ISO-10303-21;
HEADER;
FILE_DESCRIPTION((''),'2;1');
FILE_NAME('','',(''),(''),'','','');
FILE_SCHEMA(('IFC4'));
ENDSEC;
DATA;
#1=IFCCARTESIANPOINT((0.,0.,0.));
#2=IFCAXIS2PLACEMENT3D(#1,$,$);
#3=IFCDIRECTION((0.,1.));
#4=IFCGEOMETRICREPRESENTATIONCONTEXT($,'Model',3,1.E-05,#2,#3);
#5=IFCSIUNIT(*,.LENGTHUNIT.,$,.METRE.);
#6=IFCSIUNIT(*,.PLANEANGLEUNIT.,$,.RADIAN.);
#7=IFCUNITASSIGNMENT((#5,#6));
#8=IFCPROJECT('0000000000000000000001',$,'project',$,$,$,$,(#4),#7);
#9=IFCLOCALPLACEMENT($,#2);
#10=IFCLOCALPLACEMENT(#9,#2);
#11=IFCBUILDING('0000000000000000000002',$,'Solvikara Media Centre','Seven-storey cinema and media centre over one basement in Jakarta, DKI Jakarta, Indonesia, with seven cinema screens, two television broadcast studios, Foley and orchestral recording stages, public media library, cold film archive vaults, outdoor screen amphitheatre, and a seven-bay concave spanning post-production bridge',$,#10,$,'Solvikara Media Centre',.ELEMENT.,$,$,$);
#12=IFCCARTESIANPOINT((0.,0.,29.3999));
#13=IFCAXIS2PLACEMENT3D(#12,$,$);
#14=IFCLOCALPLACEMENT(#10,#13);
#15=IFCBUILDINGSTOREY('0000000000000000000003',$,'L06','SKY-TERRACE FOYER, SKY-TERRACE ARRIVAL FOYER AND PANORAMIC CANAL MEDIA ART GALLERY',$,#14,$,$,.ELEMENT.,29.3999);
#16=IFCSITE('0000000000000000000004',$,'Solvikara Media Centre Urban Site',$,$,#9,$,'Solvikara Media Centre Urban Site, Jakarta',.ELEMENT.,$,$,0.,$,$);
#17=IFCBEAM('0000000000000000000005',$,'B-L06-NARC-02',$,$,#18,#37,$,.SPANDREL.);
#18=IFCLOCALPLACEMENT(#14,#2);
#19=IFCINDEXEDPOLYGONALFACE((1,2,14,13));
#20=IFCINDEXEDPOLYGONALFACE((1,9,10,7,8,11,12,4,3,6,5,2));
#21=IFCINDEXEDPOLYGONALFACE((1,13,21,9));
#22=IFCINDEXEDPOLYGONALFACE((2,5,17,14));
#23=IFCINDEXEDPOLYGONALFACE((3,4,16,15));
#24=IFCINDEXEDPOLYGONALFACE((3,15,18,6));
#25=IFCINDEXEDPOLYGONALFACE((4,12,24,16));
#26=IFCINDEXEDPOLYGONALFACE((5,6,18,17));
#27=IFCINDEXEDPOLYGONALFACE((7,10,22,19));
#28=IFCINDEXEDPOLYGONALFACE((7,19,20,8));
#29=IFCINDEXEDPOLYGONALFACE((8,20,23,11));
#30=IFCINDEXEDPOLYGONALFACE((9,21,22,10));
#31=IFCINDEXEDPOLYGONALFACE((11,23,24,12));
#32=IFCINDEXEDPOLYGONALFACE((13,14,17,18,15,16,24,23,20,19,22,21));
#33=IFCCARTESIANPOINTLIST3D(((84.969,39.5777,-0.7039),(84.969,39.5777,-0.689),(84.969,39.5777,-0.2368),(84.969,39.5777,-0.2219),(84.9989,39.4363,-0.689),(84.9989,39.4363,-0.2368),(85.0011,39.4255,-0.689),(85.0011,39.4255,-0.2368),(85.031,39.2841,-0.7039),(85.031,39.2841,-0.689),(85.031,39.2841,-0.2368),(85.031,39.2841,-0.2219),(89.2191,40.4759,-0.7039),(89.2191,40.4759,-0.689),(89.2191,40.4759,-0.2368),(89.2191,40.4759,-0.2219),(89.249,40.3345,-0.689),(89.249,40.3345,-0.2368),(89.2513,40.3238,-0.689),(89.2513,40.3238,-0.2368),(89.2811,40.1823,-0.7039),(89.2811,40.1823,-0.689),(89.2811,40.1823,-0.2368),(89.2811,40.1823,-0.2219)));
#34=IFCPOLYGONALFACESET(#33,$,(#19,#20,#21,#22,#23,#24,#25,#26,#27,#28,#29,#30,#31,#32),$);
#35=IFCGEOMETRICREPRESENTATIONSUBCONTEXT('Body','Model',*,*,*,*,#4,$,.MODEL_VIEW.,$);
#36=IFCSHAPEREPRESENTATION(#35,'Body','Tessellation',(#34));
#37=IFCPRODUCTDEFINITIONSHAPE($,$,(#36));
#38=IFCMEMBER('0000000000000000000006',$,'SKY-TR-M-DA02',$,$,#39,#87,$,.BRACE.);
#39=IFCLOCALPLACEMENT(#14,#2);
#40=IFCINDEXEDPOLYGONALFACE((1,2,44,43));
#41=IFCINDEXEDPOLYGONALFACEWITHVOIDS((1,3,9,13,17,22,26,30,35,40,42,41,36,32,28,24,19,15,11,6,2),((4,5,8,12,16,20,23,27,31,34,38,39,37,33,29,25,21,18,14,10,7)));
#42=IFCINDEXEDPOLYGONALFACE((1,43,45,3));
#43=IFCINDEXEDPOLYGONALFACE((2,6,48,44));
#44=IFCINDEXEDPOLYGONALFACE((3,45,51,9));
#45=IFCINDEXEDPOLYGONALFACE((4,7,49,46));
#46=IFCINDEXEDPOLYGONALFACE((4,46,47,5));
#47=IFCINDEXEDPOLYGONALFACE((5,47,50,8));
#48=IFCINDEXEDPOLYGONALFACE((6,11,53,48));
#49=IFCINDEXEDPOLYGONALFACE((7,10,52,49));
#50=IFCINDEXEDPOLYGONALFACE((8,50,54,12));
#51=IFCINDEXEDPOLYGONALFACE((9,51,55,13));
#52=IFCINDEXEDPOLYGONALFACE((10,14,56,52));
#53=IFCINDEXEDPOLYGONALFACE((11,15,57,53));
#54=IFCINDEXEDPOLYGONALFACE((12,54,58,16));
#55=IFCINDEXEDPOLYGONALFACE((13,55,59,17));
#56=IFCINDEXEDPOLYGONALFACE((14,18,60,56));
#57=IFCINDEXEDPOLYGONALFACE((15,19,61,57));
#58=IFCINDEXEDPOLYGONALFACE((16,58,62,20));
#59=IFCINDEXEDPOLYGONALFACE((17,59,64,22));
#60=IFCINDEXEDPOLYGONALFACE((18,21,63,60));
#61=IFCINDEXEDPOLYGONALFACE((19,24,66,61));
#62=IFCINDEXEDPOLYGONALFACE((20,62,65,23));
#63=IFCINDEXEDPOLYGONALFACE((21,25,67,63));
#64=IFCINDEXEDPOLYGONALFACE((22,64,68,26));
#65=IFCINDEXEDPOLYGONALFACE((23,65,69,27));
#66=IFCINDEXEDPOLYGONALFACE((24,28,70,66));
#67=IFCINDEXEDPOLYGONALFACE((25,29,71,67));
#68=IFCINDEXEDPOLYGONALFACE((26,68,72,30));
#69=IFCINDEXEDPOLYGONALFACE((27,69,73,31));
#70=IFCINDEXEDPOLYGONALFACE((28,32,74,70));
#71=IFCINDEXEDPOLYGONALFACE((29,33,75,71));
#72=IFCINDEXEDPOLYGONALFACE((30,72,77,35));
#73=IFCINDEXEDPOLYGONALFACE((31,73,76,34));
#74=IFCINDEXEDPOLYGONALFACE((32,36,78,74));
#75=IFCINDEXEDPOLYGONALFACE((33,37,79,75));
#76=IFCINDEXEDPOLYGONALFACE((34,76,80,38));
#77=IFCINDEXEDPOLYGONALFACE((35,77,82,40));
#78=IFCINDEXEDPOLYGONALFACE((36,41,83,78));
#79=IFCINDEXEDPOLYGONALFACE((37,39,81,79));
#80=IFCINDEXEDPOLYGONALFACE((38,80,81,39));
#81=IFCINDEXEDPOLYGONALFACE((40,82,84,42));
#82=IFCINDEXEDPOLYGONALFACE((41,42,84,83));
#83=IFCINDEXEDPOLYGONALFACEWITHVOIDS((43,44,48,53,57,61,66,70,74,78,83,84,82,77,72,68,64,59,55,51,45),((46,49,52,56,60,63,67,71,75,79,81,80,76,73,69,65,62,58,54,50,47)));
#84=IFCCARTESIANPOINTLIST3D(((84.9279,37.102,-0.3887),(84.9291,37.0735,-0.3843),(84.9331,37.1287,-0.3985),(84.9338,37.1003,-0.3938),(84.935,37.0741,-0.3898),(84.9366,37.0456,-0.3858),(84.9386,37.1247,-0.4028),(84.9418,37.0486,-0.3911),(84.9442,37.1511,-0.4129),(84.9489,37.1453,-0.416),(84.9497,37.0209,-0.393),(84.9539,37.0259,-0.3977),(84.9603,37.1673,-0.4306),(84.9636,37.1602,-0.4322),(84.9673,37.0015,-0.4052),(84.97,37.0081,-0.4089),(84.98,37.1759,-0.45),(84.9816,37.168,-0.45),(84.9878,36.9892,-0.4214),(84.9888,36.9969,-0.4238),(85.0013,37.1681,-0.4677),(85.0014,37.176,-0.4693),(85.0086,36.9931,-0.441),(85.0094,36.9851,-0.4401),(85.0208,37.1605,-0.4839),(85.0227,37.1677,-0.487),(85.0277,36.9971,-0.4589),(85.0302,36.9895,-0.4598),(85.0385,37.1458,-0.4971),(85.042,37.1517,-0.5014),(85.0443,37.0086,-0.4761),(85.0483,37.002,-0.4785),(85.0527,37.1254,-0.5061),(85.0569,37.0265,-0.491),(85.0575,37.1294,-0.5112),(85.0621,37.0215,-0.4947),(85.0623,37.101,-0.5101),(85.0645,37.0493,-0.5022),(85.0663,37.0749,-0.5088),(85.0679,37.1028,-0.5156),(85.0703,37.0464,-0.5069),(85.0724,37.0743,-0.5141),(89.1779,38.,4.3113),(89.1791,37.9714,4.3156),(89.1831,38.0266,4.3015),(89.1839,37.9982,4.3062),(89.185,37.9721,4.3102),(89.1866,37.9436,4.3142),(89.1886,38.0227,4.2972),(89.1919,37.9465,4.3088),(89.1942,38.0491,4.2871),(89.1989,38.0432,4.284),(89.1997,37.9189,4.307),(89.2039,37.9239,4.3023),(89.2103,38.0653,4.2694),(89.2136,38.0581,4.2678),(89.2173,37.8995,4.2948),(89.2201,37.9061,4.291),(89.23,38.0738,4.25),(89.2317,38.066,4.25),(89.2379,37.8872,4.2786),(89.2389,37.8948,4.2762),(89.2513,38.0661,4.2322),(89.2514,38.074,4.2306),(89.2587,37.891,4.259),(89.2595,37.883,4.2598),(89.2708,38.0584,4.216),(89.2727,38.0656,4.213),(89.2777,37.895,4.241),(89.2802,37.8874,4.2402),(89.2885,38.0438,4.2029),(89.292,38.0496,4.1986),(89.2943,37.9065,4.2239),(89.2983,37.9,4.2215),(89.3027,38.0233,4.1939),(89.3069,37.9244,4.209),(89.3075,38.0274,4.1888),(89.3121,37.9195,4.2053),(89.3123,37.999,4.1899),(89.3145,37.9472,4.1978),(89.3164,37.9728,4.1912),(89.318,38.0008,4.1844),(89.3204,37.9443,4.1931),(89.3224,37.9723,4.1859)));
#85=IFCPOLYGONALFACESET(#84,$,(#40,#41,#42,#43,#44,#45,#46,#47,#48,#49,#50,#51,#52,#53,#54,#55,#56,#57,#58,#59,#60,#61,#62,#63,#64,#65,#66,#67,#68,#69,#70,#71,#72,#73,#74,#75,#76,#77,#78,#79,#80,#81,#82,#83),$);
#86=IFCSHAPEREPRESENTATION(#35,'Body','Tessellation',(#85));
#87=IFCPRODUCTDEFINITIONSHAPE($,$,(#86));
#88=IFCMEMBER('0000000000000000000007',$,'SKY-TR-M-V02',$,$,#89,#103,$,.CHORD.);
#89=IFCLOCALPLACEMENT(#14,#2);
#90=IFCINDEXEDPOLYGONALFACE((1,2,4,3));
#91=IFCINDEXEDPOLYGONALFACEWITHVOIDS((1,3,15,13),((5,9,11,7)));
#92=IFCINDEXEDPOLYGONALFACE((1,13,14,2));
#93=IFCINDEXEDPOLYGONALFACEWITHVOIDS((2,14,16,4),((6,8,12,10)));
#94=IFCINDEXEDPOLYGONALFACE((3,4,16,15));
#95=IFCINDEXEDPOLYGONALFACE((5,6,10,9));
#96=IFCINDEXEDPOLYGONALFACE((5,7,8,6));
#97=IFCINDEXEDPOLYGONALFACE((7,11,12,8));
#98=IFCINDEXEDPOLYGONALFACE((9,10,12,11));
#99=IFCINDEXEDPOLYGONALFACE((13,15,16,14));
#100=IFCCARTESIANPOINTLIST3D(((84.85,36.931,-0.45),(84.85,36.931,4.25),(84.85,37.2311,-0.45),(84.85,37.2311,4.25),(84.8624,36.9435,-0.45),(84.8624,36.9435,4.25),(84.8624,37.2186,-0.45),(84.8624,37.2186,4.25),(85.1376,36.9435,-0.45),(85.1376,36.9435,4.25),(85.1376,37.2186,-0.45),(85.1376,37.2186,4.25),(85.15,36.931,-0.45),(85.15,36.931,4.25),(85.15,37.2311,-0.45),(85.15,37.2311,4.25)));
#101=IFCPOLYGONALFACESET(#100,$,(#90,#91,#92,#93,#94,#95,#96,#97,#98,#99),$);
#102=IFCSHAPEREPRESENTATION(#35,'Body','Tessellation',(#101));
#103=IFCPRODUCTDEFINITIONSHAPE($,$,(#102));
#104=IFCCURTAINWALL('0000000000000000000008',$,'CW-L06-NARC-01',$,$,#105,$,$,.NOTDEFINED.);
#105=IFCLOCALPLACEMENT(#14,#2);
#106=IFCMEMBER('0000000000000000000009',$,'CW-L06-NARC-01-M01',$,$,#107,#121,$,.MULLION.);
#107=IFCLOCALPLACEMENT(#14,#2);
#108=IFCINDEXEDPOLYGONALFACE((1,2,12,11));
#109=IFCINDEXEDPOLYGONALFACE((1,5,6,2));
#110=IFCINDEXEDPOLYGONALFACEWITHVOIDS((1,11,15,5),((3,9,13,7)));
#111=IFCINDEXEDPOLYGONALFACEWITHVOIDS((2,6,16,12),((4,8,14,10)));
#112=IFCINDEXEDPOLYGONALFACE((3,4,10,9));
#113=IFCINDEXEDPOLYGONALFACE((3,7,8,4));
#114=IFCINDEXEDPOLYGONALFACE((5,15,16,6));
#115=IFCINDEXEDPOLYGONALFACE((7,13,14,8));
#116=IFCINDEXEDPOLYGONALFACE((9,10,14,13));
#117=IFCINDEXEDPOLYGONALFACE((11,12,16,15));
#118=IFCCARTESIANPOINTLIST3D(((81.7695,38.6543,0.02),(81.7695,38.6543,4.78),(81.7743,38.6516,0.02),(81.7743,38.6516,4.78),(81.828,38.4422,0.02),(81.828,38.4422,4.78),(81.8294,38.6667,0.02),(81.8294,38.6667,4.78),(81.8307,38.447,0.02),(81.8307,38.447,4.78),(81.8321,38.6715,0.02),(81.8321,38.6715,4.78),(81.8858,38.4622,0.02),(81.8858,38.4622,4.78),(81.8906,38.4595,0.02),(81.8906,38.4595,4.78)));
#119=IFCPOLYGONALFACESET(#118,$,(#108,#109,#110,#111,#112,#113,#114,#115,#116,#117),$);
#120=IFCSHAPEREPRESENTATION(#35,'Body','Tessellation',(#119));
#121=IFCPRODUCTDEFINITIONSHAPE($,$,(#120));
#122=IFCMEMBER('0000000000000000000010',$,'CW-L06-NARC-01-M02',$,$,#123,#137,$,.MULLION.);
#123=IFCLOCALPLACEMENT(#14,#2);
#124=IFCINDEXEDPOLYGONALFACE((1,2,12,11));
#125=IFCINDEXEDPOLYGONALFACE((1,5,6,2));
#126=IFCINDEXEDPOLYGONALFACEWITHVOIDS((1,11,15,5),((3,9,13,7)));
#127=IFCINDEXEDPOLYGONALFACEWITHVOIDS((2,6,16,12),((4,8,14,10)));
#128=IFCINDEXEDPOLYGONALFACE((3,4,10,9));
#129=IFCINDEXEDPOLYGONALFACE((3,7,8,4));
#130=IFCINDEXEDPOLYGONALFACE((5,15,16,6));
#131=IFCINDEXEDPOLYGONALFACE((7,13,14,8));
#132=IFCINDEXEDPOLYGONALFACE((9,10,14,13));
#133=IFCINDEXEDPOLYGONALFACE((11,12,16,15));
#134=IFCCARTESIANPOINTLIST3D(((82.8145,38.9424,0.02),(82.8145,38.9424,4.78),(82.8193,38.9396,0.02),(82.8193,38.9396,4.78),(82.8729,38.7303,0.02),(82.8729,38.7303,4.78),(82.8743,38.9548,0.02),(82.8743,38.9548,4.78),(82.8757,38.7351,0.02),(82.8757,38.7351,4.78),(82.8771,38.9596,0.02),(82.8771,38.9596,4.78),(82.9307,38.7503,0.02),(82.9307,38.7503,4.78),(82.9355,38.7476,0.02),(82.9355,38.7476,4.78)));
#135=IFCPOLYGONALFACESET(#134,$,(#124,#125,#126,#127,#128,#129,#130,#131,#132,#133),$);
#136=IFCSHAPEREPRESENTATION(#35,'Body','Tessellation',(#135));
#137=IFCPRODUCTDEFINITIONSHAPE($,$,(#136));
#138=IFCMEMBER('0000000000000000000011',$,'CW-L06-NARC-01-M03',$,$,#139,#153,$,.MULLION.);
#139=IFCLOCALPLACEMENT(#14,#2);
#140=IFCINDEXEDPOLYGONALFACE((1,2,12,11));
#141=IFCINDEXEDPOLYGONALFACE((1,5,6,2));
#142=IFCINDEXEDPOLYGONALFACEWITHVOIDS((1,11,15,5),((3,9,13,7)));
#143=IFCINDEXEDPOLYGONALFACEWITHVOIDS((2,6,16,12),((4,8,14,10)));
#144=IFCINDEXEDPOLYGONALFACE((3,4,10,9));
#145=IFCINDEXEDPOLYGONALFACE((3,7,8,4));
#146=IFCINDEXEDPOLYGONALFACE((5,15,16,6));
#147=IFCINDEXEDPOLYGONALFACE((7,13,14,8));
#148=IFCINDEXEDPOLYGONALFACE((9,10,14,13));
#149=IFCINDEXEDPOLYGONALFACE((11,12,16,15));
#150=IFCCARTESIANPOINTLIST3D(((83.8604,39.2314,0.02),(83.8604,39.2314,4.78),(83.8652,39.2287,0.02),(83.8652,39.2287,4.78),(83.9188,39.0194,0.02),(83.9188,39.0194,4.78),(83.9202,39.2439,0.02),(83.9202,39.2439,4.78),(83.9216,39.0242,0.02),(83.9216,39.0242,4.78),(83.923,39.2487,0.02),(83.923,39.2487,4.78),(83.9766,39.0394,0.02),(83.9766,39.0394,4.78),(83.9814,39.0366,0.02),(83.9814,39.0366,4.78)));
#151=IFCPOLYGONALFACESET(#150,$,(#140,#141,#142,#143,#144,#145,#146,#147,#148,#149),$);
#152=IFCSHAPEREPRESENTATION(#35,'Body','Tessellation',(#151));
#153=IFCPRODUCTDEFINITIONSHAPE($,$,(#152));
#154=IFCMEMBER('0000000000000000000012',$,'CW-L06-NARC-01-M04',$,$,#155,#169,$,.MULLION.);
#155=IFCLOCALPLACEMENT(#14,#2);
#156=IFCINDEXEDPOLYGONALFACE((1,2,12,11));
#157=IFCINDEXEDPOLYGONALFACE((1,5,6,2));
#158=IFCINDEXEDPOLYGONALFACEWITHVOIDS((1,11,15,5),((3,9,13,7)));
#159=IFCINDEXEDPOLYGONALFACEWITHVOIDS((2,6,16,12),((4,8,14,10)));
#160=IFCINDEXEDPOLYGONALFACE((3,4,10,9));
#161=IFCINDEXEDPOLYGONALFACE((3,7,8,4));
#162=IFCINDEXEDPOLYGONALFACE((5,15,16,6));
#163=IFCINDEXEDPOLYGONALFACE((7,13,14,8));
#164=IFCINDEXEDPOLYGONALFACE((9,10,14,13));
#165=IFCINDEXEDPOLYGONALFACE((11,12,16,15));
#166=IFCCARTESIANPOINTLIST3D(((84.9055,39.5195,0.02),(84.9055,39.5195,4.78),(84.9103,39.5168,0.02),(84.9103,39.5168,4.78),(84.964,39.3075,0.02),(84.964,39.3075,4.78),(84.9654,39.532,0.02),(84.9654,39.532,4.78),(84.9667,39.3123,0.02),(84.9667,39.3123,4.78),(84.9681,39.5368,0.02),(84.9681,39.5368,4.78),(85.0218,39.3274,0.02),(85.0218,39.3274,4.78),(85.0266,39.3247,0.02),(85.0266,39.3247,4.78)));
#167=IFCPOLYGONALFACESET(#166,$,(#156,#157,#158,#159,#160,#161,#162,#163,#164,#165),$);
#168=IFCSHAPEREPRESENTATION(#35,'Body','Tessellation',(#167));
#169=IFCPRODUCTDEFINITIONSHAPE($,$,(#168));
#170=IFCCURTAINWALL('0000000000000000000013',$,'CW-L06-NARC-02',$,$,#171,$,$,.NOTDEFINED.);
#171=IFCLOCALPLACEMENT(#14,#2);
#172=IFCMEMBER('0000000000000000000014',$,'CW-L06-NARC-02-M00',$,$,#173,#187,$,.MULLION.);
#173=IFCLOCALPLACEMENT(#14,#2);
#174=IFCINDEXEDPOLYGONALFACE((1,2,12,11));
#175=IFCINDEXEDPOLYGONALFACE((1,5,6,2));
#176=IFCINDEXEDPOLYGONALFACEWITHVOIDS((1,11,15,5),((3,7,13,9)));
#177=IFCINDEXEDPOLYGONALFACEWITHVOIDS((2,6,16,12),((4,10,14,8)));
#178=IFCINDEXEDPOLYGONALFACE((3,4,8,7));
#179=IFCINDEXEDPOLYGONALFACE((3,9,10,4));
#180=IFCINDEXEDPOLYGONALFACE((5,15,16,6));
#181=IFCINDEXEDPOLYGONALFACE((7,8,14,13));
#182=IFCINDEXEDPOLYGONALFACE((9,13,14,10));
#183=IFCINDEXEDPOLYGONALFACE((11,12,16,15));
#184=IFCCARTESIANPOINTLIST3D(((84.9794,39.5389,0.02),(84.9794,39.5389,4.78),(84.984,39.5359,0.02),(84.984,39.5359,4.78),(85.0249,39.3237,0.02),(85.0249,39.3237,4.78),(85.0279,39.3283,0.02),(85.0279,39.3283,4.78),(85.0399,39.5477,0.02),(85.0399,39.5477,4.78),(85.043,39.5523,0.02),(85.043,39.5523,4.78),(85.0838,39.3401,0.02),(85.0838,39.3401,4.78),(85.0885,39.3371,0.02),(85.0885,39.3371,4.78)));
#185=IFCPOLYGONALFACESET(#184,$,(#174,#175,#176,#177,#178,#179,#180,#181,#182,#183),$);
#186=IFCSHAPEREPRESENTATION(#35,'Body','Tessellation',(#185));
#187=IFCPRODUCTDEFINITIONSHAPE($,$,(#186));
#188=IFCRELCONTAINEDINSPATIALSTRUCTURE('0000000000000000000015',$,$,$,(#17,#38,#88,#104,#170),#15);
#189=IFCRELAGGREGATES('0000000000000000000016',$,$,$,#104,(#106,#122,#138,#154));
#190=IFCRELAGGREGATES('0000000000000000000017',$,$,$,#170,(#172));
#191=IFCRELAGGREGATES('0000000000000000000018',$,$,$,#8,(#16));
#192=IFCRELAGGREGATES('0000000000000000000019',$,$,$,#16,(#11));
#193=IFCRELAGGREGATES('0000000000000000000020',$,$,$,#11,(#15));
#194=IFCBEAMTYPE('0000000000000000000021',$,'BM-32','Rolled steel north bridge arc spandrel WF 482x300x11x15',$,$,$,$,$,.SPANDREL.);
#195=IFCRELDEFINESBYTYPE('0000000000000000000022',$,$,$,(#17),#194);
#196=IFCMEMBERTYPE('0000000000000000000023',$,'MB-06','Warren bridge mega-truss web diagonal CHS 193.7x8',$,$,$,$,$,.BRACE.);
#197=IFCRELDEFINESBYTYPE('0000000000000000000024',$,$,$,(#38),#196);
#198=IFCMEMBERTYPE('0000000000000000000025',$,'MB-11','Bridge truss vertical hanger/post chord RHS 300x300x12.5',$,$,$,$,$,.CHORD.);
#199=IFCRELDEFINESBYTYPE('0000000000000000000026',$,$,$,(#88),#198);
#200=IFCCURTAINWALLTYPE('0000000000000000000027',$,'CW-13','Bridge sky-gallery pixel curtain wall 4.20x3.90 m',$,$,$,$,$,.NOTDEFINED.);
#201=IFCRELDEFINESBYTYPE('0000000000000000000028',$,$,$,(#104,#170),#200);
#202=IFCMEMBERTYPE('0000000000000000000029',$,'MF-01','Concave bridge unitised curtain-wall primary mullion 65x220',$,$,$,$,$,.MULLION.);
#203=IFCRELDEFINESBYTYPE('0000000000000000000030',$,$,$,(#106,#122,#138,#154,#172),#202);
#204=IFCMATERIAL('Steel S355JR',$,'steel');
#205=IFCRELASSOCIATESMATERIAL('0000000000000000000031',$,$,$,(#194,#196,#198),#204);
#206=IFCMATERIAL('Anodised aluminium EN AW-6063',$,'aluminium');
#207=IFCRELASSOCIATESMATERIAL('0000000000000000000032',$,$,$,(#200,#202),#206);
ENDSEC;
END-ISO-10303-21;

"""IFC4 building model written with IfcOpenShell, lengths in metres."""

from ifc_helpers import new_model, si_unit, direction, frame, origin, origin_2d, place, context, subcontext, project, spatial, hollow_rectangle, hollow_circle, i_section, extrude, material, material_profile, profile_set, type_object, element, aggregate, save


model = new_model("IFC4")

# Units and contexts
model_context = context("Model", 3, precision=1e-05, world=origin(), true_north=direction((0.0, 1.0)))
body_context = subcontext(model_context, "Body", "Model", "MODEL_VIEW")
ifc_project = project(units=[si_unit("LENGTHUNIT", "METRE"), si_unit("PLANEANGLEUNIT", "RADIAN")], contexts=[model_context])

# Site, building, storey
site_placement = place(None, origin())
site = spatial("IfcSite", under=ifc_project, at=site_placement, Name="Solvikara Media Centre Urban Site", LongName="Solvikara Media Centre Urban Site, Jakarta", CompositionType="ELEMENT", RefElevation=0.0)
building_placement = place(site_placement, origin())
building = spatial("IfcBuilding", under=site, at=building_placement, Name="Solvikara Media Centre", Description="Seven-storey cinema and media centre over one basement in Jakarta, DKI Jakarta, Indonesia, with seven cinema screens, two television broadcast studios, Foley and orchestral recording stages, public media library, cold film archive vaults, outdoor screen amphitheatre, and a seven-bay concave spanning post-production bridge", LongName="Solvikara Media Centre", CompositionType="ELEMENT")
storey_placement = place(building_placement, frame((0.0, 0.0, 29.3999)))
storey = spatial("IfcBuildingStorey", under=building, at=storey_placement, Name="L06", Description="SKY-TERRACE FOYER, SKY-TERRACE ARRIVAL FOYER AND PANORAMIC CANAL MEDIA ART GALLERY", CompositionType="ELEMENT", Elevation=29.3999)

# Beam
ifc_material_1 = material(Name="Steel S355JR", Category="steel")
ifc_material_profile_1 = material_profile(ifc_material_1, i_section(OverallWidth=0.3, OverallDepth=0.4819, WebThickness=0.011, FlangeThickness=0.0149, at=origin_2d()), Name="WF 482x300x11x15")
ifc_profile_set_1 = profile_set([ifc_material_profile_1], Name="Steel S355JR")
beam_type = type_object("IfcBeamType", Name="BM-32", Description="Rolled steel north bridge arc spandrel WF 482x300x11x15", PredefinedType="SPANDREL", material=ifc_profile_set_1)
beam_placement = place(storey_placement, frame((85.0, 39.4309, -0.4629), z_axis=(0.978389, 0.206772, 0.0), x_axis=(-0.206772, 0.978389, 0.0)))
element("IfcBeam", 1, at=beam_placement, inside=storey, type_object=beam_type, Name="B-L06-NARC-02", PredefinedType="SPANDREL", context=body_context, shape_type="SweptSolid", body=[
    extrude(i_section(OverallWidth=0.3, OverallDepth=0.4819, WebThickness=0.011, FlangeThickness=0.0149, at=origin_2d()), origin(), (0.0, 0.0, 1.0), 4.344),
])

# Members
ifc_material_profile_2 = material_profile(ifc_material_1, hollow_circle(Radius=0.0969, WallThickness=0.0081, at=origin_2d()), Name="CHS 193.7x8")
ifc_profile_set_2 = profile_set([ifc_material_profile_2], Name="Steel S355JR")
member_type_1 = type_object("IfcMemberType", Name="MB-06", Description="Warren bridge mega-truss web diagonal CHS 193.7x8", PredefinedType="BRACE", material=ifc_profile_set_2)
member_1_placement = place(storey_placement, frame((85.0, 37.0811, -0.45), z_axis=(0.664076, 0.140307, 0.734382), x_axis=(-0.206719, 0.9784, 0.0)))
element("IfcMember", 2, at=member_1_placement, inside=storey, type_object=member_type_1, Name="SKY-TR-M-DA02", PredefinedType="BRACE", context=body_context, shape_type="SweptSolid", body=[
    extrude(hollow_circle(Radius=0.0969, WallThickness=0.0081, at=origin_2d()), origin(), (0.0, 0.0, 1.0), 6.3999),
])
ifc_material_profile_3 = material_profile(ifc_material_1, hollow_rectangle(XDim=0.3, YDim=0.3, WallThickness=0.0125, at=origin_2d()), Name="RHS 300x300x12.5")
ifc_profile_set_3 = profile_set([ifc_material_profile_3], Name="Steel S355JR")
member_type_2 = type_object("IfcMemberType", Name="MB-11", Description="Bridge truss vertical hanger/post chord RHS 300x300x12.5", PredefinedType="CHORD", material=ifc_profile_set_3)
member_2_placement = place(storey_placement, frame((85.0, 37.0811, -0.45), z_axis=(0.0, 0.0, 1.0), x_axis=(1.0, 0.0, 0.0)))
element("IfcMember", 3, at=member_2_placement, inside=storey, type_object=member_type_2, Name="SKY-TR-M-V02", PredefinedType="CHORD", context=body_context, shape_type="SweptSolid", body=[
    extrude(hollow_rectangle(XDim=0.3, YDim=0.3, WallThickness=0.0125, at=origin_2d()), origin(), (0.0, 0.0, 1.0), 4.7),
])

# Curtain walls, members
ifc_material_2 = material(Name="Anodised aluminium EN AW-6063", Category="aluminium")
curtain_wall_type = type_object("IfcCurtainWallType", Name="CW-13", Description="Bridge sky-gallery pixel curtain wall 4.20x3.90 m", PredefinedType="NOTDEFINED", material=ifc_material_2)
curtain_wall_1_placement = place(storey_placement, origin())
curtain_wall_1 = element("IfcCurtainWall", 4, at=curtain_wall_1_placement, inside=storey, type_object=curtain_wall_type, Name="CW-L06-NARC-01", PredefinedType="NOTDEFINED")
ifc_material_profile_4 = material_profile(ifc_material_2, hollow_rectangle(XDim=0.0649, YDim=0.22, WallThickness=0.0039, at=origin_2d()), Name="ALU-M 65x220x4")
ifc_profile_set_4 = profile_set([ifc_material_profile_4], Name="Anodised aluminium EN AW-6063")
member_type_3 = type_object("IfcMemberType", Name="MF-01", Description="Concave bridge unitised curtain-wall primary mullion 65x220", PredefinedType="MULLION", material=ifc_profile_set_4)
member_3_placement = place(storey_placement, frame((81.8301, 38.5569, 0.02), z_axis=(0.0, 0.0, 1.0), x_axis=(0.96403, 0.265792, 0.0)))
member_3 = element("IfcMember", 5, at=member_3_placement, type_object=member_type_3, Name="CW-L06-NARC-01-M01", PredefinedType="MULLION", context=body_context, shape_type="SweptSolid", body=[
    extrude(hollow_rectangle(XDim=0.0649, YDim=0.22, WallThickness=0.0039, at=origin_2d()), origin(), (0.0, 0.0, 1.0), 4.76),
])
member_4_placement = place(storey_placement, frame((82.875, 38.845, 0.02), z_axis=(0.0, 0.0, 1.0), x_axis=(0.96403, 0.265792, 0.0)))
member_4 = element("IfcMember", 6, at=member_4_placement, type_object=member_type_3, Name="CW-L06-NARC-01-M02", PredefinedType="MULLION", context=body_context, shape_type="SweptSolid", body=[
    extrude(hollow_rectangle(XDim=0.0649, YDim=0.22, WallThickness=0.0039, at=origin_2d()), origin(), (0.0, 0.0, 1.0), 4.76),
])
member_5_placement = place(storey_placement, frame((83.9209, 39.134, 0.02), z_axis=(0.0, 0.0, 1.0), x_axis=(0.96403, 0.265792, 0.0)))
member_5 = element("IfcMember", 7, at=member_5_placement, type_object=member_type_3, Name="CW-L06-NARC-01-M03", PredefinedType="MULLION", context=body_context, shape_type="SweptSolid", body=[
    extrude(hollow_rectangle(XDim=0.0649, YDim=0.22, WallThickness=0.0039, at=origin_2d()), origin(), (0.0, 0.0, 1.0), 4.76),
])
member_6_placement = place(storey_placement, frame((84.9661, 39.4221, 0.02), z_axis=(0.0, 0.0, 1.0), x_axis=(0.96403, 0.265792, 0.0)))
member_6 = element("IfcMember", 8, at=member_6_placement, type_object=member_type_3, Name="CW-L06-NARC-01-M04", PredefinedType="MULLION", context=body_context, shape_type="SweptSolid", body=[
    extrude(hollow_rectangle(XDim=0.0649, YDim=0.22, WallThickness=0.0039, at=origin_2d()), origin(), (0.0, 0.0, 1.0), 4.76),
])
curtain_wall_2_placement = place(storey_placement, origin())
curtain_wall_2 = element("IfcCurtainWall", 9, at=curtain_wall_2_placement, inside=storey, type_object=curtain_wall_type, Name="CW-L06-NARC-02", PredefinedType="NOTDEFINED")
member_7_placement = place(storey_placement, frame((85.0339, 39.438, 0.02), z_axis=(0.0, 0.0, 1.0), x_axis=(0.978379, 0.206819, 0.0)))
member_7 = element("IfcMember", 10, at=member_7_placement, type_object=member_type_3, Name="CW-L06-NARC-02-M00", PredefinedType="MULLION", context=body_context, shape_type="SweptSolid", body=[
    extrude(hollow_rectangle(XDim=0.0649, YDim=0.22, WallThickness=0.0039, at=origin_2d()), origin(), (0.0, 0.0, 1.0), 4.76),
])

aggregate(curtain_wall_1, [member_3, member_4, member_5, member_6])
aggregate(curtain_wall_2, [member_7])

save(model, "model.ifc")
